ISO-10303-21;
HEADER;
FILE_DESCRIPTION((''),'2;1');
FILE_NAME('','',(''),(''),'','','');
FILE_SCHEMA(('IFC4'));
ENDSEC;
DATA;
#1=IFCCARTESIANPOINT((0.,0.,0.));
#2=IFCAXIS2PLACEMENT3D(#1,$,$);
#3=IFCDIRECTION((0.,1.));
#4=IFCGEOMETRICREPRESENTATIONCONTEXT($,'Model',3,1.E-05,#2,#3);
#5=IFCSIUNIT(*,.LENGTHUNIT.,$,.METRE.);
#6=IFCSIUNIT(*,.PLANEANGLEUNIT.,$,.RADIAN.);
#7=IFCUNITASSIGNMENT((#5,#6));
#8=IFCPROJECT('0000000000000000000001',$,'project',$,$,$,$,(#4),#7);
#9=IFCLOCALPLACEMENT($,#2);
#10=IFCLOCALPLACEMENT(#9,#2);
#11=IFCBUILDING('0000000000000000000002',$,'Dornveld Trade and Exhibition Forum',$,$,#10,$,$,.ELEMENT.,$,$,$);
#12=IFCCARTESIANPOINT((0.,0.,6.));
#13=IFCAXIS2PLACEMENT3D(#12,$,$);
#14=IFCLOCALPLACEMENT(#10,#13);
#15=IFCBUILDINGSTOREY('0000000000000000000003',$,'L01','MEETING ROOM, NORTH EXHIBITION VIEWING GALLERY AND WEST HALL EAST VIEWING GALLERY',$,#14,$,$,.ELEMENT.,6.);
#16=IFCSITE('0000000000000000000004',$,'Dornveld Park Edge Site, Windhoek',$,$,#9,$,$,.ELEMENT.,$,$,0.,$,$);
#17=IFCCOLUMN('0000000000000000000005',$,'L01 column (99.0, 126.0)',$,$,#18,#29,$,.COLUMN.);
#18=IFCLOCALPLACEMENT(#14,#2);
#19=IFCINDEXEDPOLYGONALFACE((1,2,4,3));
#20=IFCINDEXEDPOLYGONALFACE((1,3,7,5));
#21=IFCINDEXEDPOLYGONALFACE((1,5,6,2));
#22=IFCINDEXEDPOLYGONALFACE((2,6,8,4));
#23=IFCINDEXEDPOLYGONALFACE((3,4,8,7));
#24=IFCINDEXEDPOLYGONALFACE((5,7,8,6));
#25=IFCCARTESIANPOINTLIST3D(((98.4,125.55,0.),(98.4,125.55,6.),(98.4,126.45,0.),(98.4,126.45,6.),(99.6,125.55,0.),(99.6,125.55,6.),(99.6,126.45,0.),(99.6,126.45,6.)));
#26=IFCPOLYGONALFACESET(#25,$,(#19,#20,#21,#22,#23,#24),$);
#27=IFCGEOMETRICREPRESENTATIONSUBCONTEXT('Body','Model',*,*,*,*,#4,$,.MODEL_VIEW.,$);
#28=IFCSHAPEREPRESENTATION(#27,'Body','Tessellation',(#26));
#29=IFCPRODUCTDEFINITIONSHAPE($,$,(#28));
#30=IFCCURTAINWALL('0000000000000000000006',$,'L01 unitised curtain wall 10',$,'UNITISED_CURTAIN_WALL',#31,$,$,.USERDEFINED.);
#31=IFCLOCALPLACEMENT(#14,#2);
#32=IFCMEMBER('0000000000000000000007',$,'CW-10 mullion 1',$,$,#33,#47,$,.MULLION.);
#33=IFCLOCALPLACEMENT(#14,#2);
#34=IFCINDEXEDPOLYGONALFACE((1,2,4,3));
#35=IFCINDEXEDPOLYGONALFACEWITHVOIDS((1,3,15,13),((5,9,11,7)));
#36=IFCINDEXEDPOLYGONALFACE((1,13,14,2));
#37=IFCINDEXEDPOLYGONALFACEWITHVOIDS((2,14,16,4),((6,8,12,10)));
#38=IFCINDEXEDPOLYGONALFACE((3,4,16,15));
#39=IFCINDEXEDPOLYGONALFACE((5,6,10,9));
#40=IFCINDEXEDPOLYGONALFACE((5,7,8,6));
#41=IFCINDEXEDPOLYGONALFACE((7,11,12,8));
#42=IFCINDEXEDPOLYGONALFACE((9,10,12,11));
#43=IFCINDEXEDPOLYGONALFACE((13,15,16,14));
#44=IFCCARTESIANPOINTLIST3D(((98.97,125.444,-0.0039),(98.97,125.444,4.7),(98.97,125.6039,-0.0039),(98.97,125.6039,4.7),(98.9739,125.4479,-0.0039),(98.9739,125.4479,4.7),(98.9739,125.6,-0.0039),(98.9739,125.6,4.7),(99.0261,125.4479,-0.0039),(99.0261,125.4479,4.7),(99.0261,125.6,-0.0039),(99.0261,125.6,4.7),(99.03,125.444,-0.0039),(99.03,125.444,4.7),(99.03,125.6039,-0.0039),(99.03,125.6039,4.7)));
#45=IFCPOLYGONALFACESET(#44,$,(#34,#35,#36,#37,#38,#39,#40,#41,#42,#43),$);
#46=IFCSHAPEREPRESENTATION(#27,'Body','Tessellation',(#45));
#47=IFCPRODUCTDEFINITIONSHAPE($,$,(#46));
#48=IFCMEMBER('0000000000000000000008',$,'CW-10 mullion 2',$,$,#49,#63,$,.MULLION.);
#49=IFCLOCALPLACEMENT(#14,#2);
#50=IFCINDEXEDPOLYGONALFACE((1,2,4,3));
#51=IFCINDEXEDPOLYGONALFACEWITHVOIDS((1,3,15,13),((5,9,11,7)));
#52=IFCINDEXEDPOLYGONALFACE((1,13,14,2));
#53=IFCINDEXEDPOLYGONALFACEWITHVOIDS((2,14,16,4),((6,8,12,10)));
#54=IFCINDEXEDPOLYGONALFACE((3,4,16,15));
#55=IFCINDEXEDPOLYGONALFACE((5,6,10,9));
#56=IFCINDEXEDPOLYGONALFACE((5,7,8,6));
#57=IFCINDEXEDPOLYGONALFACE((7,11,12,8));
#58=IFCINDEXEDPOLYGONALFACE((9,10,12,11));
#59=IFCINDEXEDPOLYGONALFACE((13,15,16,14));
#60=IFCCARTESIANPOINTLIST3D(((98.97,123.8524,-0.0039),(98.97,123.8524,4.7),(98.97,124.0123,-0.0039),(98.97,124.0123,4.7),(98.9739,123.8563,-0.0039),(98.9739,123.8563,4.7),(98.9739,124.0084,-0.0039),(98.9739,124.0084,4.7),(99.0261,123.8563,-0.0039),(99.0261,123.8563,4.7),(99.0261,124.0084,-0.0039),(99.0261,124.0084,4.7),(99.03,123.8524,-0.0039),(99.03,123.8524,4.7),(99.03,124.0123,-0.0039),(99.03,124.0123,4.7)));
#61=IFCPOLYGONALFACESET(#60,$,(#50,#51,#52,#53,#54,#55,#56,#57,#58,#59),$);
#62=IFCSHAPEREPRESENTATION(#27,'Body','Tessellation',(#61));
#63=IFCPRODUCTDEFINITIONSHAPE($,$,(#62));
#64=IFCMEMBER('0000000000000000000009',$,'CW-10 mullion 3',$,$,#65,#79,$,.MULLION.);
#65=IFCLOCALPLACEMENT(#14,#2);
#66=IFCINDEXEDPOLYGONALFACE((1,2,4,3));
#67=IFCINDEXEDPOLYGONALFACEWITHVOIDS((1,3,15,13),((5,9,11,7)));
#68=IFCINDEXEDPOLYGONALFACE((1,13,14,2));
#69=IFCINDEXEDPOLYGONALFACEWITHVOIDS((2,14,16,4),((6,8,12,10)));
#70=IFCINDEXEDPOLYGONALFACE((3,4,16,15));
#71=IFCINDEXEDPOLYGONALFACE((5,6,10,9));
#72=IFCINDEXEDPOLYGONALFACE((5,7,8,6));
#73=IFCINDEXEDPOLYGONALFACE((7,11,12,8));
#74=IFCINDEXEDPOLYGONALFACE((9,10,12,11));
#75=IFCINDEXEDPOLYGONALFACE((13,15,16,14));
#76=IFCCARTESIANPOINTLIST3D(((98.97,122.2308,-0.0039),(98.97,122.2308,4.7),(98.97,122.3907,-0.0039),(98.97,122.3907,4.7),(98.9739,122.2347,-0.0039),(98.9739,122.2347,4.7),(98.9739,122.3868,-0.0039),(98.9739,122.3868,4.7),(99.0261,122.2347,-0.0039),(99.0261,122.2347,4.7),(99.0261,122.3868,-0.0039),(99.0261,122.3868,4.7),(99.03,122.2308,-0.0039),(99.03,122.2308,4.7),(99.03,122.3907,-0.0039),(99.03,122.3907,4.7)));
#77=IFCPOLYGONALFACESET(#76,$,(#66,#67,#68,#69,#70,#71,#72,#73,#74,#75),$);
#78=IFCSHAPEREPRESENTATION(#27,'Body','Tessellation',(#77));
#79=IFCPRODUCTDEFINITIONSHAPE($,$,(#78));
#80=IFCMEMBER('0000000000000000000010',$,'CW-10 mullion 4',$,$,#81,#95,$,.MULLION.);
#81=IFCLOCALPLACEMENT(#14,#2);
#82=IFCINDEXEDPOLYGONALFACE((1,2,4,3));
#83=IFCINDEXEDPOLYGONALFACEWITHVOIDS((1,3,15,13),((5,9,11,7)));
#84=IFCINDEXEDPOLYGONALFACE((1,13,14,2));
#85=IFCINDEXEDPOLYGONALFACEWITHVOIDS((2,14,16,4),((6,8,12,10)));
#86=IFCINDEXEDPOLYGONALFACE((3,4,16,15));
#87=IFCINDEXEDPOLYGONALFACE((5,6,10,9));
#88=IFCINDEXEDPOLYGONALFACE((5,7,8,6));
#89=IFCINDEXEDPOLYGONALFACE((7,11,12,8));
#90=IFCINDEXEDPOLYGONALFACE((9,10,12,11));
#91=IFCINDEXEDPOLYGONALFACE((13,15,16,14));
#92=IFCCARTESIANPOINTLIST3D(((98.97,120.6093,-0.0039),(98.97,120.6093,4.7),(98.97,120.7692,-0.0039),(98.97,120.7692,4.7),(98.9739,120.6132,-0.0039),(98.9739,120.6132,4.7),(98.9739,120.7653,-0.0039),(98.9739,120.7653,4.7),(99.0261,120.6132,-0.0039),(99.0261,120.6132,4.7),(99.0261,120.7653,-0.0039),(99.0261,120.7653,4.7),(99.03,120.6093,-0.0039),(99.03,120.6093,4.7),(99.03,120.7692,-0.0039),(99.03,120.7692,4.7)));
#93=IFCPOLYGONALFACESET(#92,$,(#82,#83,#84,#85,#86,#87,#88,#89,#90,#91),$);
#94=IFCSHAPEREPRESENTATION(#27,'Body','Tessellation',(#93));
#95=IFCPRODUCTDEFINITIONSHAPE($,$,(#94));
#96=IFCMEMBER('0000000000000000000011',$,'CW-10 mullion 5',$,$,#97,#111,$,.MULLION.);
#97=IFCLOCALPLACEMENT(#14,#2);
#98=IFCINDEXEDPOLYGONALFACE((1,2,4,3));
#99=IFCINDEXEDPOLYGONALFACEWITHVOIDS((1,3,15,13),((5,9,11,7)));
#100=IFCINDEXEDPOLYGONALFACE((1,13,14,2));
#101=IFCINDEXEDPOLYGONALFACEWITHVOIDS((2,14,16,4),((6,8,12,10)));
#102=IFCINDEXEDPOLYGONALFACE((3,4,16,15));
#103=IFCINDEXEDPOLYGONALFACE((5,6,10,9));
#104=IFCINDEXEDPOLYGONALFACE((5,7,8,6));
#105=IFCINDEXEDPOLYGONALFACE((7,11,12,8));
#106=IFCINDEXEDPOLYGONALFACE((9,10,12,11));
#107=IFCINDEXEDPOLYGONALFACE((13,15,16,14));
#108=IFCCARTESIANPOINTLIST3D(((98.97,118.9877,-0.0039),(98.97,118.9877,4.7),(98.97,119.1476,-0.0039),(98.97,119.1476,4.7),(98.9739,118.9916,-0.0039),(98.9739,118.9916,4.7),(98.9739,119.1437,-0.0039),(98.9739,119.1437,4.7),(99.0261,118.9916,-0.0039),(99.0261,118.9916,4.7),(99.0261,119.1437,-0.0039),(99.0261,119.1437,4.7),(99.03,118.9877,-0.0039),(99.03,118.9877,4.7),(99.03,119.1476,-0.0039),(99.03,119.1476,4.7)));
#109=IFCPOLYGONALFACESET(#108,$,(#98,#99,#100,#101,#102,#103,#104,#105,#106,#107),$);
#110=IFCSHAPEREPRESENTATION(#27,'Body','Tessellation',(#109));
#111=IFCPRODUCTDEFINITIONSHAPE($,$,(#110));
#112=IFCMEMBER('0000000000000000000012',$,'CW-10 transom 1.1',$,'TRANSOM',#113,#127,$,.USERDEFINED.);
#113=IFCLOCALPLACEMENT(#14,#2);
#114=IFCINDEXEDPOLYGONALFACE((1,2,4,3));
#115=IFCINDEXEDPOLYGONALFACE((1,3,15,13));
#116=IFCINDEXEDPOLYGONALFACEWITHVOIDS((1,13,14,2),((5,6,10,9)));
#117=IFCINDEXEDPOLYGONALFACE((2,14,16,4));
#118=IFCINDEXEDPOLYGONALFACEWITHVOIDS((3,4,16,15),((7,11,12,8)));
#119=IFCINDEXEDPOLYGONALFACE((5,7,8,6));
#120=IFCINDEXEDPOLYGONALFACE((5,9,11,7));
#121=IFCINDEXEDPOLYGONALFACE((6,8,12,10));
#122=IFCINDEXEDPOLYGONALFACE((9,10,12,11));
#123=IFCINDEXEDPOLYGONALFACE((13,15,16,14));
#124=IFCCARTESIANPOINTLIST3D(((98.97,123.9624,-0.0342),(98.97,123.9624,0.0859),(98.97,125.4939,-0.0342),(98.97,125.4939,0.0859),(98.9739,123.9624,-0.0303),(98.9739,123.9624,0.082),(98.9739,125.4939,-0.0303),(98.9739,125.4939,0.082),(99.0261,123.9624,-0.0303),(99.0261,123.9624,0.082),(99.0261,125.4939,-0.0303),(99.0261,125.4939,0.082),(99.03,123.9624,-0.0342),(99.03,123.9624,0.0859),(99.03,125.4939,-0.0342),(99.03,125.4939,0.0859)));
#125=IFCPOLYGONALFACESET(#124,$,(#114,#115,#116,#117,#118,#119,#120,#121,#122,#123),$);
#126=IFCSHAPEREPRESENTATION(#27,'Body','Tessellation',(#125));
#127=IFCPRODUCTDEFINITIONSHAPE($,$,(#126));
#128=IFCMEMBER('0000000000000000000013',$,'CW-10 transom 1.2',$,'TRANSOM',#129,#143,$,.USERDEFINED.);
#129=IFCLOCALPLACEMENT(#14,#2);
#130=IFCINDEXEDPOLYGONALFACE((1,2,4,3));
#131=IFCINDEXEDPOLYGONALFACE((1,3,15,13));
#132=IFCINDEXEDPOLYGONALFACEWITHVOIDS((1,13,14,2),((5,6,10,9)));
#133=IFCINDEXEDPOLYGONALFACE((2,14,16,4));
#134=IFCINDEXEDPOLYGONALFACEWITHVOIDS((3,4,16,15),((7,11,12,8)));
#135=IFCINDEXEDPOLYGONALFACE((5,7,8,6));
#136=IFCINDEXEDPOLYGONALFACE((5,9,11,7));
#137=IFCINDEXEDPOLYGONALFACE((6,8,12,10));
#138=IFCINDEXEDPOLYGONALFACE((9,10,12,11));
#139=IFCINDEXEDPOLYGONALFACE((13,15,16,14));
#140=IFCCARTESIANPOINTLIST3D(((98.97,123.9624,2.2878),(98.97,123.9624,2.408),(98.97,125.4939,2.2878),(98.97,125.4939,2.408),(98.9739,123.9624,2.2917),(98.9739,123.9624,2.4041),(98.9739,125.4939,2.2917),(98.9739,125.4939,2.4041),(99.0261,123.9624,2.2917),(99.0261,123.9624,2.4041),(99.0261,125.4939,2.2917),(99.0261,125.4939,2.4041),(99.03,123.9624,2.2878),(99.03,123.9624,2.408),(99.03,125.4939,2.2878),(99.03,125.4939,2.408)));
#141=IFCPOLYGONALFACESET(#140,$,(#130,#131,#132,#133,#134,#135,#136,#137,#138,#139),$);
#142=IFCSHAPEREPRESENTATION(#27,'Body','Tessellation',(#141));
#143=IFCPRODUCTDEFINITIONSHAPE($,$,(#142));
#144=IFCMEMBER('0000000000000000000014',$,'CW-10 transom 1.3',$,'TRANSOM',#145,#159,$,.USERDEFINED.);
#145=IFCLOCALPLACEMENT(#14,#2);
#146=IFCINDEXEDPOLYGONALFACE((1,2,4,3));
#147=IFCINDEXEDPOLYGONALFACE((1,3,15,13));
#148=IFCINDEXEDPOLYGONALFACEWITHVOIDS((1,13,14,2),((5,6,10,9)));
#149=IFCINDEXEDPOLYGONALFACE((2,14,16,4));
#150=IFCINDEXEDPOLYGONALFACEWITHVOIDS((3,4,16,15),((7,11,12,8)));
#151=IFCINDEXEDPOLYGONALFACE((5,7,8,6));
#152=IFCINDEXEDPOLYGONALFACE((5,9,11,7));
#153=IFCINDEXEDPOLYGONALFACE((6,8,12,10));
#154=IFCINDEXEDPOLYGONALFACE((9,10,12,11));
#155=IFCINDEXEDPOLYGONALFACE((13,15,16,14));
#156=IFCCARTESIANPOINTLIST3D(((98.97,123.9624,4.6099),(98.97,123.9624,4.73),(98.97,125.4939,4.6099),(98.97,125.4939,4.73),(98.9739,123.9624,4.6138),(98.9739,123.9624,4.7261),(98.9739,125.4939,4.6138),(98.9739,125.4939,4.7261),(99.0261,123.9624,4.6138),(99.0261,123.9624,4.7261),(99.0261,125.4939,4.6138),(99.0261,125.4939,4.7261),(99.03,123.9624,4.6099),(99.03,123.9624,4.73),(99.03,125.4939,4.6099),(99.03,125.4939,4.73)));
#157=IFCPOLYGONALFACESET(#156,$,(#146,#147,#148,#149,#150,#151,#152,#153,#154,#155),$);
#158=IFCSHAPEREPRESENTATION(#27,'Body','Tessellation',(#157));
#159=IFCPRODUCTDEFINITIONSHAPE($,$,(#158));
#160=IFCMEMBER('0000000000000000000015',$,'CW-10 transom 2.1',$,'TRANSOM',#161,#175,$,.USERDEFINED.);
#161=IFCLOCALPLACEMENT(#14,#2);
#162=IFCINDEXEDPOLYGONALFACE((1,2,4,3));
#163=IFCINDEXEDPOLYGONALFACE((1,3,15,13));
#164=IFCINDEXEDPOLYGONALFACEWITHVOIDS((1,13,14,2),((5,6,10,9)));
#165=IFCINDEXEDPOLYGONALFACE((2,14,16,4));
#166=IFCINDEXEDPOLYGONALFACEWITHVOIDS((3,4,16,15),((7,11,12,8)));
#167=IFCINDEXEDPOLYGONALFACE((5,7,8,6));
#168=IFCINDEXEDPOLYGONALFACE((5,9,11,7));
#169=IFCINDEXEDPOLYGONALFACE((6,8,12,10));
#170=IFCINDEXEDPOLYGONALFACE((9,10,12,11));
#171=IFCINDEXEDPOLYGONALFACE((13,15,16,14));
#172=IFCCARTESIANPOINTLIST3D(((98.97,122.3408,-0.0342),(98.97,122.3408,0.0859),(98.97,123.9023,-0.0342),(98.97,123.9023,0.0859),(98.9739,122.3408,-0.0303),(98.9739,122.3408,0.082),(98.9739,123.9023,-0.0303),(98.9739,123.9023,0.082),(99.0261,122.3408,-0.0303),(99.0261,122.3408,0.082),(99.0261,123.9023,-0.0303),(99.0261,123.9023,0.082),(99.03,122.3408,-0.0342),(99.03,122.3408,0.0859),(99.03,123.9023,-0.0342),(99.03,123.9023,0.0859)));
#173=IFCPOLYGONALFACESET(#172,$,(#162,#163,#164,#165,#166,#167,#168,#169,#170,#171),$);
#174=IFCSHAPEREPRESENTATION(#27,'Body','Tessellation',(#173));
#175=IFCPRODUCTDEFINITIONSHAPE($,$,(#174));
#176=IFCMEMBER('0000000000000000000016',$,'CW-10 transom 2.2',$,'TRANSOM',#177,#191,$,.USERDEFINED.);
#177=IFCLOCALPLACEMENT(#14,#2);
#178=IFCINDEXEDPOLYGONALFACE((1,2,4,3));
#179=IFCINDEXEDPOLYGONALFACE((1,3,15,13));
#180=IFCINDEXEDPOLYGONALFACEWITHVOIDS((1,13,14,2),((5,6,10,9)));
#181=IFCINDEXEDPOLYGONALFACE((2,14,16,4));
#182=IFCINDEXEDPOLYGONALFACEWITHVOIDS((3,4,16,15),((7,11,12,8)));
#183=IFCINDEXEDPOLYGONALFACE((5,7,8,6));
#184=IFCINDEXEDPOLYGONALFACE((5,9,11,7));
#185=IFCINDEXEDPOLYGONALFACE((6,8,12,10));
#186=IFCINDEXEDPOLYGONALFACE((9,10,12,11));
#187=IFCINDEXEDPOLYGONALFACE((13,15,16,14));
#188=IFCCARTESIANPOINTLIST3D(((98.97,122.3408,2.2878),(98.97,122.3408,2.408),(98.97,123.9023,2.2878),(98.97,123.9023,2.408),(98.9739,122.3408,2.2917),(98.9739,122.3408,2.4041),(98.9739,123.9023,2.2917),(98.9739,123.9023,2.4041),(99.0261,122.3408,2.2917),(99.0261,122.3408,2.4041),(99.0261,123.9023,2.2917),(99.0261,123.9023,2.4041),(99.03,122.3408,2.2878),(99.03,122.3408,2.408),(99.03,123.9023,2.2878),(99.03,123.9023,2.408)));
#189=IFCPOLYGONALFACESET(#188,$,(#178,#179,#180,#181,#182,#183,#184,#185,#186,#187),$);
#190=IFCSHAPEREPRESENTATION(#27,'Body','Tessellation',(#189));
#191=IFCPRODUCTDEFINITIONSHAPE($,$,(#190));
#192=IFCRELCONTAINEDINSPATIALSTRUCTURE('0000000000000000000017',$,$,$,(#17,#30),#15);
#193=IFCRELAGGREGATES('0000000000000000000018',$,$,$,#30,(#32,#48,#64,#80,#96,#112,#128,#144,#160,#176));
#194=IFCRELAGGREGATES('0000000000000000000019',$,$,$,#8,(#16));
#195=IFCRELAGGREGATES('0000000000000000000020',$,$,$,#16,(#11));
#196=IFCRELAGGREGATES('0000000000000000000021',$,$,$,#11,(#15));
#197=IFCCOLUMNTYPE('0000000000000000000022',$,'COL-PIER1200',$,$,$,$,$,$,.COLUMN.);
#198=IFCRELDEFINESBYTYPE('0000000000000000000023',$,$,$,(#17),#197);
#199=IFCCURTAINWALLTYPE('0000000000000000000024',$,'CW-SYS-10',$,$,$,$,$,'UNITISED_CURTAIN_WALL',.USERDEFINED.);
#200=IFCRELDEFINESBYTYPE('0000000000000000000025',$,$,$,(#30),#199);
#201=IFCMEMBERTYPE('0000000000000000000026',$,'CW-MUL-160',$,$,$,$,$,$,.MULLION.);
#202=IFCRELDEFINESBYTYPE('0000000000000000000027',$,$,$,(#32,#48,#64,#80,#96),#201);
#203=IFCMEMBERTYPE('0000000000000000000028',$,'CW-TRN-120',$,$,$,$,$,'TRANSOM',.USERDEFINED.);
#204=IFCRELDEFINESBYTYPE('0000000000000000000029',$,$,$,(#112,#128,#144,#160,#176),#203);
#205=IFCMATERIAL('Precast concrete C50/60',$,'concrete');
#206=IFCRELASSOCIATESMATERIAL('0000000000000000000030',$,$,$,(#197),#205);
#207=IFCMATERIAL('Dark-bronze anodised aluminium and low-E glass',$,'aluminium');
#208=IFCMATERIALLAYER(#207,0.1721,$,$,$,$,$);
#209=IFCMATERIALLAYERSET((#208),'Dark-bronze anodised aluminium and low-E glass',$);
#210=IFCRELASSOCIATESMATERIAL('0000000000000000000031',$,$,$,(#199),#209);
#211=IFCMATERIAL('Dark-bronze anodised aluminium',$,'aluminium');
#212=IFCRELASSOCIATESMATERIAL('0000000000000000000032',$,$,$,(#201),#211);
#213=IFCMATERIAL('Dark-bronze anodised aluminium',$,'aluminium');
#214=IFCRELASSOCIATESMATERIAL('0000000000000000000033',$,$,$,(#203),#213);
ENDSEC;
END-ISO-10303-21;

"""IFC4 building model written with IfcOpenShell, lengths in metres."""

from ifc_helpers import new_model, si_unit, direction, frame, origin, origin_2d, place, context, subcontext, project, spatial, rectangle, hollow_rectangle, extrude, material, layer, layer_set, material_profile, profile_set, type_object, element, aggregate, save


model = new_model("IFC4")

# Units and contexts
model_context = context("Model", 3, precision=1e-05, world=origin(), true_north=direction((0.0, 1.0)))
body_context = subcontext(model_context, "Body", "Model", "MODEL_VIEW")
ifc_project = project(units=[si_unit("LENGTHUNIT", "METRE"), si_unit("PLANEANGLEUNIT", "RADIAN")], contexts=[model_context])

# Site, building, storey
site_placement = place(None, origin())
site = spatial("IfcSite", under=ifc_project, at=site_placement, Name="Dornveld Park Edge Site, Windhoek", CompositionType="ELEMENT", RefElevation=0.0)
building_placement = place(site_placement, origin())
building = spatial("IfcBuilding", under=site, at=building_placement, Name="Dornveld Trade and Exhibition Forum", CompositionType="ELEMENT")
storey_placement = place(building_placement, frame((0.0, 0.0, 6.0)))
storey = spatial("IfcBuildingStorey", under=building, at=storey_placement, Name="L01", Description="MEETING ROOM, NORTH EXHIBITION VIEWING GALLERY AND WEST HALL EAST VIEWING GALLERY", CompositionType="ELEMENT", Elevation=6.0)

# Column
ifc_material_1 = material(Name="Precast concrete C50/60", Category="concrete")
ifc_material_profile_1 = material_profile(ifc_material_1, rectangle(XDim=1.2, YDim=0.8999, at=origin_2d()), Name="PC-PIER 1200x900")
ifc_profile_set_1 = profile_set([ifc_material_profile_1], Name="Precast concrete C50/60")
column_type = type_object("IfcColumnType", Name="COL-PIER1200", PredefinedType="COLUMN", material=ifc_profile_set_1)
column_placement = place(storey_placement, frame((99.0, 126.0, 0.0), z_axis=(0.0, 0.0, 1.0), x_axis=(1.0, 0.0, 0.0)))
element("IfcColumn", 1, at=column_placement, inside=storey, type_object=column_type, Name="L01 column (99.0, 126.0)", PredefinedType="COLUMN", context=body_context, shape_type="SweptSolid", body=[
    extrude(rectangle(XDim=1.2, YDim=0.8999, at=origin_2d()), origin(), (0.0, 0.0, 1.0), 6.0),
])

# Curtain wall, members
ifc_material_2 = material(Name="Dark-bronze anodised aluminium and low-E glass", Category="aluminium")
ifc_layer_1 = layer(ifc_material_2, 0.1721)
ifc_layer_set_1 = layer_set([ifc_layer_1], Name="Dark-bronze anodised aluminium and low-E glass")
curtain_wall_type = type_object("IfcCurtainWallType", Name="CW-SYS-10", ElementType="UNITISED_CURTAIN_WALL", PredefinedType="USERDEFINED", material=ifc_layer_set_1)
curtain_wall_placement = place(storey_placement, origin())
curtain_wall = element("IfcCurtainWall", 2, at=curtain_wall_placement, inside=storey, type_object=curtain_wall_type, Name="L01 unitised curtain wall 10", ObjectType="UNITISED_CURTAIN_WALL", PredefinedType="USERDEFINED")
ifc_material_3 = material(Name="Dark-bronze anodised aluminium", Category="aluminium")
ifc_material_profile_2 = material_profile(ifc_material_3, hollow_rectangle(XDim=0.0601, YDim=0.1599, WallThickness=0.0039, at=origin_2d()), Name="RHS 160x60x4")
ifc_profile_set_2 = profile_set([ifc_material_profile_2], Name="Dark-bronze anodised aluminium")
member_type_1 = type_object("IfcMemberType", Name="CW-MUL-160", PredefinedType="MULLION", material=ifc_profile_set_2)
member_1_placement = place(storey_placement, frame((99.0, 125.5239, -0.0039), z_axis=(0.0, 0.0, 1.0), x_axis=(1.0, 0.0, 0.0)))
member_1 = element("IfcMember", 3, at=member_1_placement, type_object=member_type_1, Name="CW-10 mullion 1", PredefinedType="MULLION", context=body_context, shape_type="SweptSolid", body=[
    extrude(hollow_rectangle(XDim=0.0601, YDim=0.1599, WallThickness=0.0039, at=origin_2d()), origin(), (0.0, 0.0, 1.0), 4.7039),
])
member_2_placement = place(storey_placement, frame((99.0, 123.9324, -0.0039), z_axis=(0.0, 0.0, 1.0), x_axis=(1.0, 0.0, 0.0)))
member_2 = element("IfcMember", 4, at=member_2_placement, type_object=member_type_1, Name="CW-10 mullion 2", PredefinedType="MULLION", context=body_context, shape_type="SweptSolid", body=[
    extrude(hollow_rectangle(XDim=0.0601, YDim=0.1599, WallThickness=0.0039, at=origin_2d()), origin(), (0.0, 0.0, 1.0), 4.7039),
])
member_3_placement = place(storey_placement, frame((99.0, 122.3108, -0.0039), z_axis=(0.0, 0.0, 1.0), x_axis=(1.0, 0.0, 0.0)))
member_3 = element("IfcMember", 5, at=member_3_placement, type_object=member_type_1, Name="CW-10 mullion 3", PredefinedType="MULLION", context=body_context, shape_type="SweptSolid", body=[
    extrude(hollow_rectangle(XDim=0.0601, YDim=0.1599, WallThickness=0.0039, at=origin_2d()), origin(), (0.0, 0.0, 1.0), 4.7039),
])
member_4_placement = place(storey_placement, frame((99.0, 120.6892, -0.0039), z_axis=(0.0, 0.0, 1.0), x_axis=(1.0, 0.0, 0.0)))
member_4 = element("IfcMember", 6, at=member_4_placement, type_object=member_type_1, Name="CW-10 mullion 4", PredefinedType="MULLION", context=body_context, shape_type="SweptSolid", body=[
    extrude(hollow_rectangle(XDim=0.0601, YDim=0.1599, WallThickness=0.0039, at=origin_2d()), origin(), (0.0, 0.0, 1.0), 4.7039),
])
member_5_placement = place(storey_placement, frame((99.0, 119.0676, -0.0039), z_axis=(0.0, 0.0, 1.0), x_axis=(1.0, 0.0, 0.0)))
member_5 = element("IfcMember", 7, at=member_5_placement, type_object=member_type_1, Name="CW-10 mullion 5", PredefinedType="MULLION", context=body_context, shape_type="SweptSolid", body=[
    extrude(hollow_rectangle(XDim=0.0601, YDim=0.1599, WallThickness=0.0039, at=origin_2d()), origin(), (0.0, 0.0, 1.0), 4.7039),
])
ifc_material_4 = material(Name="Dark-bronze anodised aluminium", Category="aluminium")
ifc_material_profile_3 = material_profile(ifc_material_4, hollow_rectangle(XDim=0.0601, YDim=0.1201, WallThickness=0.0039, at=origin_2d()), Name="RHS 120x60x4")
ifc_profile_set_3 = profile_set([ifc_material_profile_3], Name="Dark-bronze anodised aluminium")
member_type_2 = type_object("IfcMemberType", Name="CW-TRN-120", ElementType="TRANSOM", PredefinedType="USERDEFINED", material=ifc_profile_set_3)
member_6_placement = place(storey_placement, frame((99.0, 125.4939, 0.0259), z_axis=(0.0, -1.0, 0.0), x_axis=(1.0, 0.0, 0.0)))
member_6 = element("IfcMember", 8, at=member_6_placement, type_object=member_type_2, Name="CW-10 transom 1.1", ObjectType="TRANSOM", PredefinedType="USERDEFINED", context=body_context, shape_type="SweptSolid", body=[
    extrude(hollow_rectangle(XDim=0.0601, YDim=0.1201, WallThickness=0.0039, at=origin_2d()), origin(), (0.0, 0.0, 1.0), 1.5315),
])
member_7_placement = place(storey_placement, frame((99.0, 125.4939, 2.3479), z_axis=(0.0, -1.0, 0.0), x_axis=(1.0, 0.0, 0.0)))
member_7 = element("IfcMember", 9, at=member_7_placement, type_object=member_type_2, Name="CW-10 transom 1.2", ObjectType="TRANSOM", PredefinedType="USERDEFINED", context=body_context, shape_type="SweptSolid", body=[
    extrude(hollow_rectangle(XDim=0.0601, YDim=0.1201, WallThickness=0.0039, at=origin_2d()), origin(), (0.0, 0.0, 1.0), 1.5315),
])
member_8_placement = place(storey_placement, frame((99.0, 125.4939, 4.6699), z_axis=(0.0, -1.0, 0.0), x_axis=(1.0, 0.0, 0.0)))
member_8 = element("IfcMember", 10, at=member_8_placement, type_object=member_type_2, Name="CW-10 transom 1.3", ObjectType="TRANSOM", PredefinedType="USERDEFINED", context=body_context, shape_type="SweptSolid", body=[
    extrude(hollow_rectangle(XDim=0.0601, YDim=0.1201, WallThickness=0.0039, at=origin_2d()), origin(), (0.0, 0.0, 1.0), 1.5315),
])
member_9_placement = place(storey_placement, frame((99.0, 123.9023, 0.0259), z_axis=(0.0, -1.0, 0.0), x_axis=(1.0, 0.0, 0.0)))
member_9 = element("IfcMember", 11, at=member_9_placement, type_object=member_type_2, Name="CW-10 transom 2.1", ObjectType="TRANSOM", PredefinedType="USERDEFINED", context=body_context, shape_type="SweptSolid", body=[
    extrude(hollow_rectangle(XDim=0.0601, YDim=0.1201, WallThickness=0.0039, at=origin_2d()), origin(), (0.0, 0.0, 1.0), 1.5615),
])
member_10_placement = place(storey_placement, frame((99.0, 123.9023, 2.3479), z_axis=(0.0, -1.0, 0.0), x_axis=(1.0, 0.0, 0.0)))
member_10 = element("IfcMember", 12, at=member_10_placement, type_object=member_type_2, Name="CW-10 transom 2.2", ObjectType="TRANSOM", PredefinedType="USERDEFINED", context=body_context, shape_type="SweptSolid", body=[
    extrude(hollow_rectangle(XDim=0.0601, YDim=0.1201, WallThickness=0.0039, at=origin_2d()), origin(), (0.0, 0.0, 1.0), 1.5615),
])

aggregate(curtain_wall, [member_1, member_2, member_3, member_4, member_5, member_6, member_7, member_8, member_9, member_10])

save(model, "model.ifc")
